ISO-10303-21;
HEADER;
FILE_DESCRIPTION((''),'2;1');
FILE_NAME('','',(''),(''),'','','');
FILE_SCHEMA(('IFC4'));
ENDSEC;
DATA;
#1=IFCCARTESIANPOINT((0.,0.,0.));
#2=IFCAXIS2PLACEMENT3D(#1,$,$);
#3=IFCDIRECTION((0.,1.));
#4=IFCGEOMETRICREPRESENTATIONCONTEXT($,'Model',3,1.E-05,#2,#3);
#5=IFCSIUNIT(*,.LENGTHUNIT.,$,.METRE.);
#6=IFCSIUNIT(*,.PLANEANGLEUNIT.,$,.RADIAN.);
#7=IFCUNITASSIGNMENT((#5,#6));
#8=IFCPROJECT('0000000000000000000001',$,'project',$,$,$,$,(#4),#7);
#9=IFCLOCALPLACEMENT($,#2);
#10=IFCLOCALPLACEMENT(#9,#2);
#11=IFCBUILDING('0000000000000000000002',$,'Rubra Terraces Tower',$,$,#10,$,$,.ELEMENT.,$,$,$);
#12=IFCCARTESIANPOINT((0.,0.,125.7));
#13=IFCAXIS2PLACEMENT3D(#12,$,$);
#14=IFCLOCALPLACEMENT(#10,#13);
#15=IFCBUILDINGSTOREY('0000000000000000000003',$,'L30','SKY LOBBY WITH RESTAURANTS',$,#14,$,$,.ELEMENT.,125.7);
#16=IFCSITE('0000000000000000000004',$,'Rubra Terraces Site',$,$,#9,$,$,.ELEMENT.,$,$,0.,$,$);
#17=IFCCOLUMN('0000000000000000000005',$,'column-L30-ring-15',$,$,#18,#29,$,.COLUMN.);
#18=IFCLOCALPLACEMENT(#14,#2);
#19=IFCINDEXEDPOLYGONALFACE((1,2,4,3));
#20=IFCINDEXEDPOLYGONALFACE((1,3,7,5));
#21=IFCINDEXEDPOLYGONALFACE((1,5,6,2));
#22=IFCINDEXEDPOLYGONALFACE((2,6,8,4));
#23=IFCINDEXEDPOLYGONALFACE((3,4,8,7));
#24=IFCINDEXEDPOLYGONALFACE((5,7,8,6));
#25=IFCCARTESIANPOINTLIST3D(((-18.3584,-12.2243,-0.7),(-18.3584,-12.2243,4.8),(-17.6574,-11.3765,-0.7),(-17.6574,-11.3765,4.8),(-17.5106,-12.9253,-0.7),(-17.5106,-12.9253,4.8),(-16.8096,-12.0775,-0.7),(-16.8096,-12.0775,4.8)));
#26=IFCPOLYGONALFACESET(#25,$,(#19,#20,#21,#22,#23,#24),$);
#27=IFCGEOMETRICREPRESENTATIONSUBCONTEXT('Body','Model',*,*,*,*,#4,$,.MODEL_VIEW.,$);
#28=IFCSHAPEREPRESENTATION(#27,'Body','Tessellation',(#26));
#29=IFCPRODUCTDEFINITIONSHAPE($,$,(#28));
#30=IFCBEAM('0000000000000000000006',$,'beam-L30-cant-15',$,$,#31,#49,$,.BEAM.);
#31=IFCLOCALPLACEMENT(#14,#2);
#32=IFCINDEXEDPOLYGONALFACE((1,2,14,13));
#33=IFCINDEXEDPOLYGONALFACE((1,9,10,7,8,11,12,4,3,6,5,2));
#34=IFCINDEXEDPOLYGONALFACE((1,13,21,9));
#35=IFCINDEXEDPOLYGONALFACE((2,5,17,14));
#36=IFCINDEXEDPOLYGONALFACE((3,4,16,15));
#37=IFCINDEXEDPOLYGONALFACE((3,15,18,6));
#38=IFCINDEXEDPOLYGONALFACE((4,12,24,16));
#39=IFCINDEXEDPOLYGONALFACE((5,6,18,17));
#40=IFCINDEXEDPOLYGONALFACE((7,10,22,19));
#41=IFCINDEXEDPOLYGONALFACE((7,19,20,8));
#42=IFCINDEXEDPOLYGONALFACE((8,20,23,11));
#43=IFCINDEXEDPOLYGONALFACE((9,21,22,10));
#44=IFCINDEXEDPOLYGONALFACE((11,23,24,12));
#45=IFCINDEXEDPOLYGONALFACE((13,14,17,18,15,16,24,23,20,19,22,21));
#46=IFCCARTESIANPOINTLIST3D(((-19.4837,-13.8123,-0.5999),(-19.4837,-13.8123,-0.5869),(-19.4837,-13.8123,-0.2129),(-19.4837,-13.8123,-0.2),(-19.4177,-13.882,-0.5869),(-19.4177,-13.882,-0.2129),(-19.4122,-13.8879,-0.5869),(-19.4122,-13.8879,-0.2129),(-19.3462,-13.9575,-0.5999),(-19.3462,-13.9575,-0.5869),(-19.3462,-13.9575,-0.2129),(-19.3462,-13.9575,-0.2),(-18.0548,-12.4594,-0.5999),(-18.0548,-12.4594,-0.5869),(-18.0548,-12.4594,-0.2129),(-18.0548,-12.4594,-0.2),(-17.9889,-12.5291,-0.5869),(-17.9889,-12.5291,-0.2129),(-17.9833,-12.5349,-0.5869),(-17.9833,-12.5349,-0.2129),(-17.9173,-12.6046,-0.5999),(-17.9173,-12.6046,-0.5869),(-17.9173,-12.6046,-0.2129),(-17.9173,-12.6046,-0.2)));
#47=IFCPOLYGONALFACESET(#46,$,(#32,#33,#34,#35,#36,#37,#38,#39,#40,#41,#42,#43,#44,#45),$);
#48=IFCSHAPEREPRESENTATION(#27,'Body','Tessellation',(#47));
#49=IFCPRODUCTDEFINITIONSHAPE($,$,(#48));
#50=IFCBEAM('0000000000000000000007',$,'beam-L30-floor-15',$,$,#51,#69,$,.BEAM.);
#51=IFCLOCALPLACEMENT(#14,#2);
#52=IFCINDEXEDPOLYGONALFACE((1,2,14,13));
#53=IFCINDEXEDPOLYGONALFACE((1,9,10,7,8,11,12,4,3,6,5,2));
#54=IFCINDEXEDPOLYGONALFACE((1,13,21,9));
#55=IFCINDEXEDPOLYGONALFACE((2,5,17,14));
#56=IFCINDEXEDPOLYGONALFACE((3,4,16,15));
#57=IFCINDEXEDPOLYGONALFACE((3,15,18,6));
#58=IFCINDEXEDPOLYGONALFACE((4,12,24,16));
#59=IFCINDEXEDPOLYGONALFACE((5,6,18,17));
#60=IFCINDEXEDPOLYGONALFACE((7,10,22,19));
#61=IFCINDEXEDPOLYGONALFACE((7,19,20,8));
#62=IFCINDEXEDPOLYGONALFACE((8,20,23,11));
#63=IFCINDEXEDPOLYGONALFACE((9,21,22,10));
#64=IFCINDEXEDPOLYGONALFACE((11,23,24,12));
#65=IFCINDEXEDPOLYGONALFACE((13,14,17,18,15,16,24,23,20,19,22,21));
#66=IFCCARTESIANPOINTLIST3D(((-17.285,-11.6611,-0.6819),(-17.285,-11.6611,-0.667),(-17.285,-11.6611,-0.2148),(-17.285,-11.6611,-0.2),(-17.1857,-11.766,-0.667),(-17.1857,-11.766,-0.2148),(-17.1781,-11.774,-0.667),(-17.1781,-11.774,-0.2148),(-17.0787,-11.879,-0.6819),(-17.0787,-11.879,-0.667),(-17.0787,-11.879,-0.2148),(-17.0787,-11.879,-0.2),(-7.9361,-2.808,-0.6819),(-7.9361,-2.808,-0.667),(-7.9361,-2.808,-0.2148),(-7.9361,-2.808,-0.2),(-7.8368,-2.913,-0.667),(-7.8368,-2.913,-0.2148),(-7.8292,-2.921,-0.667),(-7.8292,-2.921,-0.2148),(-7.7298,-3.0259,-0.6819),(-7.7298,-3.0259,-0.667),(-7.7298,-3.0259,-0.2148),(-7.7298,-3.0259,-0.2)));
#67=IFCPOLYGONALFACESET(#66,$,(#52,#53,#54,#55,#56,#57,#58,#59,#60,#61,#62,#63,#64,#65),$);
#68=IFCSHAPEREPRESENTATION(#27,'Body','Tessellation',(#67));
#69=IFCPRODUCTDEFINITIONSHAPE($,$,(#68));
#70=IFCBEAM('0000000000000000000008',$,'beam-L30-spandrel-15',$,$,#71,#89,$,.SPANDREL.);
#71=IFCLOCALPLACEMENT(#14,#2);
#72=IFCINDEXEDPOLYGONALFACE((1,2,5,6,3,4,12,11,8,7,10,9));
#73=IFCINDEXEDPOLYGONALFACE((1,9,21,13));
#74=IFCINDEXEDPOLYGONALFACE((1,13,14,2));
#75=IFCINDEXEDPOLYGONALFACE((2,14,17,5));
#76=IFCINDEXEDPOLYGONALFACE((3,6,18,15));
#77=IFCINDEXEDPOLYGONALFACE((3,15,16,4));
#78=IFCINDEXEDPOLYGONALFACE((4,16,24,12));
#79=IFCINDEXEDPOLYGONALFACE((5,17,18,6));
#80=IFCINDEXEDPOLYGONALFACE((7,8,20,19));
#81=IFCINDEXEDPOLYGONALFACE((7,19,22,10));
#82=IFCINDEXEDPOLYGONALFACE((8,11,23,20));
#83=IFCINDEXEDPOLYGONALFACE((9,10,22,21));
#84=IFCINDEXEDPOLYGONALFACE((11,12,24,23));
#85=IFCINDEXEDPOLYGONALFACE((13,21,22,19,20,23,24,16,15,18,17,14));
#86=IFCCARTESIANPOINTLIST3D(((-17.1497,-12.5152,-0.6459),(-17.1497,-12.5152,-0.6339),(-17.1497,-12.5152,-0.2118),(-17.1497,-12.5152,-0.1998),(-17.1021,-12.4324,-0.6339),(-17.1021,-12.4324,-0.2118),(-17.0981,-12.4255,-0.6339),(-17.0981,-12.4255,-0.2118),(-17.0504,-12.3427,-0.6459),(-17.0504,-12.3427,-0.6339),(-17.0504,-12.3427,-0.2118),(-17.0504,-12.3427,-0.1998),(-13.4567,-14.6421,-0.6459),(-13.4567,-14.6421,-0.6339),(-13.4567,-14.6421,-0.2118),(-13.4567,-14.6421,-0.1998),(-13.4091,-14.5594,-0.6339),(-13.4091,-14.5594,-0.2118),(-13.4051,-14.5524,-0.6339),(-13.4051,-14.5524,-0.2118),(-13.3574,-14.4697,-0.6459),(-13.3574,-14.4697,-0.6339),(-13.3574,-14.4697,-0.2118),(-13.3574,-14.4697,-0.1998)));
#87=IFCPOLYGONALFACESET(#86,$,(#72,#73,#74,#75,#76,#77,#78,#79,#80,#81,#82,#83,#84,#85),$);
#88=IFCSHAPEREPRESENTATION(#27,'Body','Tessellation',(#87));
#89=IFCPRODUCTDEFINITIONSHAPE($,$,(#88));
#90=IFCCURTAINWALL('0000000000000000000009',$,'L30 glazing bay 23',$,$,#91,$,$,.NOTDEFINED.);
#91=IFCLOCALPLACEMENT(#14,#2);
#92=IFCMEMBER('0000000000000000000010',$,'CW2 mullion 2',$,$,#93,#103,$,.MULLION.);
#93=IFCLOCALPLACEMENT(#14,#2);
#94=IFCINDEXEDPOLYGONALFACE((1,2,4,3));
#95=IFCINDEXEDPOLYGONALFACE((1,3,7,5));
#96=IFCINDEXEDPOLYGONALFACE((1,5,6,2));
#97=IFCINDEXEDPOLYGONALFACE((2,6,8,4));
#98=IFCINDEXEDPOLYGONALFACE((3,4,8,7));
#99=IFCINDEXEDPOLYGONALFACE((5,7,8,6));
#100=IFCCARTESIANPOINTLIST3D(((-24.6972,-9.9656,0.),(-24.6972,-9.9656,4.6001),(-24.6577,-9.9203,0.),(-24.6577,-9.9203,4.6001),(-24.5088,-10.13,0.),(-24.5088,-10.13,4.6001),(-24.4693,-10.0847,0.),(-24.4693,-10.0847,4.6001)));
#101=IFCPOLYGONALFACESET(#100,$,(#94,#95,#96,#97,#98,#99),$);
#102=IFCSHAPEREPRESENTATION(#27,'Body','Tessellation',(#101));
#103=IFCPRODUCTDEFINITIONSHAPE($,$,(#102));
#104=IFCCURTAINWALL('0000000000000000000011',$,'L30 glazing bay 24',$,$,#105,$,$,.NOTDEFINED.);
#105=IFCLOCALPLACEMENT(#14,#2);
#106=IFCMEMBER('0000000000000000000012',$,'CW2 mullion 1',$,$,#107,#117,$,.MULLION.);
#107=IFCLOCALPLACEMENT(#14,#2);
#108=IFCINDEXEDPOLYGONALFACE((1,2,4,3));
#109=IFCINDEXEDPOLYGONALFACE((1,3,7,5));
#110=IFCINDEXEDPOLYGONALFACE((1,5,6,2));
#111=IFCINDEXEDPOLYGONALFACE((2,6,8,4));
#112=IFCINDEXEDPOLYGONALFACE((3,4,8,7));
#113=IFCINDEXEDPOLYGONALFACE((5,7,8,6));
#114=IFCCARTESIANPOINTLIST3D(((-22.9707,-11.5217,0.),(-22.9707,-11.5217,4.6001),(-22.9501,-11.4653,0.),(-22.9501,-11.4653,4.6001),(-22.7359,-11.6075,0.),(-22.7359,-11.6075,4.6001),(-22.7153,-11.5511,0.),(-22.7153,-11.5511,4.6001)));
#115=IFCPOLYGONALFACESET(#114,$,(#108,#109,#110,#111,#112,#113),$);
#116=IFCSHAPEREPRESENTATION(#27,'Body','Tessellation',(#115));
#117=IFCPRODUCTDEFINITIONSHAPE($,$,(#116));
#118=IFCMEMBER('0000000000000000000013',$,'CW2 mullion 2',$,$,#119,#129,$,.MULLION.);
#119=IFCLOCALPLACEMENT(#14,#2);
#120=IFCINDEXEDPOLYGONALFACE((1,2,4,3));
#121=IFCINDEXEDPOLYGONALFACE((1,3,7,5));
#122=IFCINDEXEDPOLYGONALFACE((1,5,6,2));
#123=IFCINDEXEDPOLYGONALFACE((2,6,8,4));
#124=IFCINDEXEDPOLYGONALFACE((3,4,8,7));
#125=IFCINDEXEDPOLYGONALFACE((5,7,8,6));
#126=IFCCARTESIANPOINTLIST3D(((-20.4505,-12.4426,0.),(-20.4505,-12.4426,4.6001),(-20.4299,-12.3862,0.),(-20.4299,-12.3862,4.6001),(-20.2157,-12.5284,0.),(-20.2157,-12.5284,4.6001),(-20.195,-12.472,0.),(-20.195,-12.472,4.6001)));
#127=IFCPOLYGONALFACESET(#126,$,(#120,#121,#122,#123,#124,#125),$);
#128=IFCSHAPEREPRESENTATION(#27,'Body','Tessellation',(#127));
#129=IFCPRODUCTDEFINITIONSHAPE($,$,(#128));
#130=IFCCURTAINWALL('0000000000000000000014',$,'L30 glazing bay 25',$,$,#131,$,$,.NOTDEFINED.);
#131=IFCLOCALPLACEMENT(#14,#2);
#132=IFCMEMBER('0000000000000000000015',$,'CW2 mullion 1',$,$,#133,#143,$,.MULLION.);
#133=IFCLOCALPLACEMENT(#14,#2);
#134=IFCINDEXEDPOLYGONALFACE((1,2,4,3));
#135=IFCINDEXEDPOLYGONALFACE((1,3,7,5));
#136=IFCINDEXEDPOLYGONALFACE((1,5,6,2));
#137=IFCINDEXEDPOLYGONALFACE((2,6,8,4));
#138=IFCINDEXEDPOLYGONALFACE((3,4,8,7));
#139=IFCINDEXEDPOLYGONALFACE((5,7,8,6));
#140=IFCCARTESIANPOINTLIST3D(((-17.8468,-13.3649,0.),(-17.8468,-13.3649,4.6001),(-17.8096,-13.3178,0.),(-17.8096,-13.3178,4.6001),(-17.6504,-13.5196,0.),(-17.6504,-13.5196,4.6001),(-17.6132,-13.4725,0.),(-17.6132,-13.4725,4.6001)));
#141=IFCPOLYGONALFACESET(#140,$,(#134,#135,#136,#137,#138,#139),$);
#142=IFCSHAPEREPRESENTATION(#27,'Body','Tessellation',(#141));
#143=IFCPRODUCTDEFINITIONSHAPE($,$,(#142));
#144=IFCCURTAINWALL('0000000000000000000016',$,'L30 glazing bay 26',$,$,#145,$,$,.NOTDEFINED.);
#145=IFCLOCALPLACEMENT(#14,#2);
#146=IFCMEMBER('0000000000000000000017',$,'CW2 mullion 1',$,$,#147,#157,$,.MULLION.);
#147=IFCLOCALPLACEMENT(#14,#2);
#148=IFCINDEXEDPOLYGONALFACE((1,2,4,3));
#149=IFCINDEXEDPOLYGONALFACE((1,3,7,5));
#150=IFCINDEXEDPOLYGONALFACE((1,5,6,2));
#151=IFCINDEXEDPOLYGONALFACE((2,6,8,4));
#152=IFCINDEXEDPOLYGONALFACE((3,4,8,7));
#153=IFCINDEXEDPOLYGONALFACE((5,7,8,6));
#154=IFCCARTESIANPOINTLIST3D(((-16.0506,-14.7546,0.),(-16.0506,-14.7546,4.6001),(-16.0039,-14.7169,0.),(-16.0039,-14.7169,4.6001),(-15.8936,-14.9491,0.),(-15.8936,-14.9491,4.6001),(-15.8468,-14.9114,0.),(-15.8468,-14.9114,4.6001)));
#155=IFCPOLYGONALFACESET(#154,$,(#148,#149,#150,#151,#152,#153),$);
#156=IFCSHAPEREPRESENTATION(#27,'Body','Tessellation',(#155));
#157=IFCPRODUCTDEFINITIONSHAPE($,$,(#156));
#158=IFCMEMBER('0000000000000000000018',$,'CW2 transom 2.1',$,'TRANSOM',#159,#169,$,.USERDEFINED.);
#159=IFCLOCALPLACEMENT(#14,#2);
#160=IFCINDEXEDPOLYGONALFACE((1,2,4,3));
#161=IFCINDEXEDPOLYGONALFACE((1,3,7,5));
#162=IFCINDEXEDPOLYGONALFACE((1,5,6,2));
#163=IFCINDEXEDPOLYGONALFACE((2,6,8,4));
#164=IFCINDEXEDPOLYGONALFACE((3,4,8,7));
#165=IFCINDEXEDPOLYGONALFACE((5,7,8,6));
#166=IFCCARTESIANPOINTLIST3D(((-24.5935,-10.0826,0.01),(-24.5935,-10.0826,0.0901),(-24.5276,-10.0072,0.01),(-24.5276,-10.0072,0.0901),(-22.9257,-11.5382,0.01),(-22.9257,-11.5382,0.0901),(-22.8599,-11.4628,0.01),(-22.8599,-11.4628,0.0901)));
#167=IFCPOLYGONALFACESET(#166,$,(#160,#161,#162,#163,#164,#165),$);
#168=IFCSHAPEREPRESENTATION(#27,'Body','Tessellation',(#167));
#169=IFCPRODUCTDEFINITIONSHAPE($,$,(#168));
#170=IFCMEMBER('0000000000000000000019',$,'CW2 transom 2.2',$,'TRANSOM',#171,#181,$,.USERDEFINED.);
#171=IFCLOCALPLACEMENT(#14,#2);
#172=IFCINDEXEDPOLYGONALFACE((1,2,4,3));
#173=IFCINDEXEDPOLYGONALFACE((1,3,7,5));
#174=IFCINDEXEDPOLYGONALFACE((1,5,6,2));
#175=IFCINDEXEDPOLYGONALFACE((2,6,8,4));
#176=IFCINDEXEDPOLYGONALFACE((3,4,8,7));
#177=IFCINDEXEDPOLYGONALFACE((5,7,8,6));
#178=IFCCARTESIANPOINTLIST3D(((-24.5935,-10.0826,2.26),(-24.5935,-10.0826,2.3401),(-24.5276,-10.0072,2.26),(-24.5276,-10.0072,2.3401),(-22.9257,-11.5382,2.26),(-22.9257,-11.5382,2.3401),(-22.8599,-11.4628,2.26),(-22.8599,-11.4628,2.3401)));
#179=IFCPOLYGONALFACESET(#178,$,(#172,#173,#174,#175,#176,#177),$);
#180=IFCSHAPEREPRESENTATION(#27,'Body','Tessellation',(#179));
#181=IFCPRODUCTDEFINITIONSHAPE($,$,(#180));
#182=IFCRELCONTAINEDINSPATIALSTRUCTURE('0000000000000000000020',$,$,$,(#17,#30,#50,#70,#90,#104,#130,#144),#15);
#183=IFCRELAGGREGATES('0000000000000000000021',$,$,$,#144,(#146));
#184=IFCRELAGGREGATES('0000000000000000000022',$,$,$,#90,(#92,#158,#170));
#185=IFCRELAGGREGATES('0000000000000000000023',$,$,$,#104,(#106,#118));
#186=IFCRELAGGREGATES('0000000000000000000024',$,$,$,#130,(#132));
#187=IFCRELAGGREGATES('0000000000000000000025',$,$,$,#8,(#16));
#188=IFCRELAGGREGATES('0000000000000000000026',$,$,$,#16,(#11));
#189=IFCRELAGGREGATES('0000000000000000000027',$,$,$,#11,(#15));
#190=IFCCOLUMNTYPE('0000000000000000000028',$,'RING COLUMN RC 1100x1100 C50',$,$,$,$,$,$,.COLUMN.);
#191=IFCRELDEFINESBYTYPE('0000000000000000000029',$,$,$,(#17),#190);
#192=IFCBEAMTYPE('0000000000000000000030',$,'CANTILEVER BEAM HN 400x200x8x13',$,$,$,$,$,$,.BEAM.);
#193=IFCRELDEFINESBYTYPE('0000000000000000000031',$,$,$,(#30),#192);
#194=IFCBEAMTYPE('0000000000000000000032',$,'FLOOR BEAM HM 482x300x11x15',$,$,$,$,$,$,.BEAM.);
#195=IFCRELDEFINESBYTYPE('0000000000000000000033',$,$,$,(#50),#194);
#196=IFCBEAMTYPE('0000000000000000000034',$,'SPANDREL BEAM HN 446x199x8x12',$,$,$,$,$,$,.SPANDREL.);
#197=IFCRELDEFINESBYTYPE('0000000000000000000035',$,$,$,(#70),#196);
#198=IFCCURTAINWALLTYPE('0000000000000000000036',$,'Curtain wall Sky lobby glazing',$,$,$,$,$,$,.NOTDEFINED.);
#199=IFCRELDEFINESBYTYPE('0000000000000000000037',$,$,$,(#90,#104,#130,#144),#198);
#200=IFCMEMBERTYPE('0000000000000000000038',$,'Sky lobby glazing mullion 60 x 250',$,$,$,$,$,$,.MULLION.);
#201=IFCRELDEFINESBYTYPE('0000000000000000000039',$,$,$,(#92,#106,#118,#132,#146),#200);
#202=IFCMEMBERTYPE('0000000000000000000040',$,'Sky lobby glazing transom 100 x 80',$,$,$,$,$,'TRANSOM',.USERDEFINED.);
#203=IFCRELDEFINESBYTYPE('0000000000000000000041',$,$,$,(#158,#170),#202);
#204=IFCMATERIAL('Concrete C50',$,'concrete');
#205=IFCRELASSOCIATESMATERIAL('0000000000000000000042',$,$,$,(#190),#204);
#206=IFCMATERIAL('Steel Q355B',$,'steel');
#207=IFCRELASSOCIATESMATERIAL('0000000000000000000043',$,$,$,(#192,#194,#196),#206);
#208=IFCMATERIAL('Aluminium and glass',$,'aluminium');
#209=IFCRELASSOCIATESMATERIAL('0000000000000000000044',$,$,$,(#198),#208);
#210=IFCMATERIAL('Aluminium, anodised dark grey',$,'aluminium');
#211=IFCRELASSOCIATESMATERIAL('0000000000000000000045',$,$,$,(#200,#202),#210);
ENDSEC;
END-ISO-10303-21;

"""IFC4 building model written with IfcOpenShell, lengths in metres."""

from ifc_helpers import new_model, si_unit, direction, frame, origin, origin_2d, place, context, subcontext, project, spatial, rectangle, i_section, extrude, material, material_profile, profile_set, type_object, element, aggregate, save


model = new_model("IFC4")

# Units and contexts
model_context = context("Model", 3, precision=1e-05, world=origin(), true_north=direction((0.0, 1.0)))
body_context = subcontext(model_context, "Body", "Model", "MODEL_VIEW")
ifc_project = project(units=[si_unit("LENGTHUNIT", "METRE"), si_unit("PLANEANGLEUNIT", "RADIAN")], contexts=[model_context])

# Site, building, storey
site_placement = place(None, origin())
site = spatial("IfcSite", under=ifc_project, at=site_placement, Name="Rubra Terraces Site", CompositionType="ELEMENT", RefElevation=0.0)
building_placement = place(site_placement, origin())
building = spatial("IfcBuilding", under=site, at=building_placement, Name="Rubra Terraces Tower", CompositionType="ELEMENT")
storey_placement = place(building_placement, frame((0.0, 0.0, 125.7)))
storey = spatial("IfcBuildingStorey", under=building, at=storey_placement, Name="L30", Description="SKY LOBBY WITH RESTAURANTS", CompositionType="ELEMENT", Elevation=125.7)

# Column
ifc_material_1 = material(Name="Concrete C50", Category="concrete")
ifc_material_profile_1 = material_profile(ifc_material_1, rectangle(XDim=1.1001, YDim=1.1001, at=origin_2d()), Name="RC 1100x1100")
ifc_profile_set_1 = profile_set([ifc_material_profile_1], Name="Concrete C50")
column_type = type_object("IfcColumnType", Name="RING COLUMN RC 1100x1100 C50", PredefinedType="COLUMN", material=ifc_profile_set_1)
column_placement = place(storey_placement, frame((-17.584, -12.1509, -0.7), z_axis=(0.0, 0.0, 1.0), x_axis=(0.770679, -0.637223, 0.0)))
element("IfcColumn", 1, at=column_placement, inside=storey, type_object=column_type, Name="column-L30-ring-15", PredefinedType="COLUMN", context=body_context, shape_type="SweptSolid", body=[
    extrude(rectangle(XDim=1.1001, YDim=1.1001, at=origin_2d()), origin(), (0.0, 0.0, 1.0), 5.5),
])

# Beams
ifc_material_2 = material(Name="Steel Q355B", Category="steel")
ifc_material_profile_2 = material_profile(ifc_material_2, i_section(OverallWidth=0.2, OverallDepth=0.3999, WebThickness=0.0081, FlangeThickness=0.0129, at=origin_2d()), Name="HN 400x200x8x13")
ifc_profile_set_2 = profile_set([ifc_material_profile_2], Name="Steel Q355B")
beam_type_1 = type_object("IfcBeamType", Name="CANTILEVER BEAM HN 400x200x8x13", PredefinedType="BEAM", material=ifc_profile_set_2)
beam_1_placement = place(storey_placement, frame((-17.9861, -12.532, -0.3999), z_axis=(-0.726135, -0.687552, 0.0), x_axis=(0.687552, -0.726135, 0.0)))
element("IfcBeam", 2, at=beam_1_placement, inside=storey, type_object=beam_type_1, Name="beam-L30-cant-15", PredefinedType="BEAM", context=body_context, shape_type="SweptSolid", body=[
    extrude(i_section(OverallWidth=0.2, OverallDepth=0.3999, WebThickness=0.0081, FlangeThickness=0.0129, at=origin_2d()), origin(), (0.0, 0.0, 1.0), 1.9678),
])
ifc_material_profile_3 = material_profile(ifc_material_2, i_section(OverallWidth=0.3, OverallDepth=0.4819, WebThickness=0.011, FlangeThickness=0.0149, at=origin_2d()), Name="HM 482x300x11x15")
ifc_profile_set_3 = profile_set([ifc_material_profile_3], Name="Steel Q355B")
beam_type_2 = type_object("IfcBeamType", Name="FLOOR BEAM HM 482x300x11x15", PredefinedType="BEAM", material=ifc_profile_set_3)
beam_2_placement = place(storey_placement, frame((-17.1819, -11.77, -0.4409), z_axis=(0.7261, 0.687589, 0.0), x_axis=(-0.687589, 0.7261, 0.0)))
element("IfcBeam", 3, at=beam_2_placement, inside=storey, type_object=beam_type_2, Name="beam-L30-floor-15", PredefinedType="BEAM", context=body_context, shape_type="SweptSolid", body=[
    extrude(i_section(OverallWidth=0.3, OverallDepth=0.4819, WebThickness=0.011, FlangeThickness=0.0149, at=origin_2d()), origin(), (0.0, 0.0, 1.0), 12.8755),
])
ifc_material_profile_4 = material_profile(ifc_material_2, i_section(OverallWidth=0.199, OverallDepth=0.446, WebThickness=0.0081, FlangeThickness=0.012, at=origin_2d()), Name="HN 446x199x8x12")
ifc_profile_set_4 = profile_set([ifc_material_profile_4], Name="Steel Q355B")
beam_type_3 = type_object("IfcBeamType", Name="SPANDREL BEAM HN 446x199x8x12", PredefinedType="SPANDREL", material=ifc_profile_set_4)
beam_3_placement = place(storey_placement, frame((-17.1001, -12.429, -0.4229), z_axis=(0.86656, -0.499073, 0.0), x_axis=(0.499073, 0.86656, 0.0)))
element("IfcBeam", 4, at=beam_3_placement, inside=storey, type_object=beam_type_3, Name="beam-L30-spandrel-15", PredefinedType="SPANDREL", context=body_context, shape_type="SweptSolid", body=[
    extrude(i_section(OverallWidth=0.199, OverallDepth=0.446, WebThickness=0.0081, FlangeThickness=0.012, at=origin_2d()), origin(), (0.0, 0.0, 1.0), 4.2617),
])

# Curtain wall, member
ifc_material_3 = material(Name="Aluminium and glass", Category="aluminium")
curtain_wall_type = type_object("IfcCurtainWallType", Name="Curtain wall Sky lobby glazing", PredefinedType="NOTDEFINED", material=ifc_material_3)
curtain_wall_1_placement = place(storey_placement, origin())
curtain_wall_1 = element("IfcCurtainWall", 5, at=curtain_wall_1_placement, inside=storey, type_object=curtain_wall_type, Name="L30 glazing bay 23", PredefinedType="NOTDEFINED")
ifc_material_4 = material(Name="Aluminium, anodised dark grey", Category="aluminium")
ifc_material_profile_5 = material_profile(ifc_material_4, rectangle(XDim=0.0601, YDim=0.25, at=origin_2d()), Name="AL 60x250")
ifc_profile_set_5 = profile_set([ifc_material_profile_5], Name="Aluminium, anodised dark grey")
member_type_1 = type_object("IfcMemberType", Name="Sky lobby glazing mullion 60 x 250", PredefinedType="MULLION", material=ifc_profile_set_5)
member_1_placement = place(storey_placement, frame((-24.5833, -10.0251, 0.0), z_axis=(0.0, 0.0, 1.0), x_axis=(0.657567, 0.753396, 0.0)))
member_1 = element("IfcMember", 6, at=member_1_placement, type_object=member_type_1, Name="CW2 mullion 2", PredefinedType="MULLION", context=body_context, shape_type="SweptSolid", body=[
    extrude(rectangle(XDim=0.0601, YDim=0.25, at=origin_2d()), origin(), (0.0, 0.0, 1.0), 4.6001),
])

# Curtain wall, members
curtain_wall_2_placement = place(storey_placement, origin())
curtain_wall_2 = element("IfcCurtainWall", 7, at=curtain_wall_2_placement, inside=storey, type_object=curtain_wall_type, Name="L30 glazing bay 24", PredefinedType="NOTDEFINED")
member_2_placement = place(storey_placement, frame((-22.843, -11.5364, 0.0), z_axis=(0.0, 0.0, 1.0), x_axis=(0.343221, 0.939255, 0.0)))
member_2 = element("IfcMember", 8, at=member_2_placement, type_object=member_type_1, Name="CW2 mullion 1", PredefinedType="MULLION", context=body_context, shape_type="SweptSolid", body=[
    extrude(rectangle(XDim=0.0601, YDim=0.25, at=origin_2d()), origin(), (0.0, 0.0, 1.0), 4.6001),
])
member_3_placement = place(storey_placement, frame((-20.3228, -12.4573, 0.0), z_axis=(0.0, 0.0, 1.0), x_axis=(0.343221, 0.939255, 0.0)))
member_3 = element("IfcMember", 9, at=member_3_placement, type_object=member_type_1, Name="CW2 mullion 2", PredefinedType="MULLION", context=body_context, shape_type="SweptSolid", body=[
    extrude(rectangle(XDim=0.0601, YDim=0.25, at=origin_2d()), origin(), (0.0, 0.0, 1.0), 4.6001),
])

# Curtain walls, members
curtain_wall_3_placement = place(storey_placement, origin())
curtain_wall_3 = element("IfcCurtainWall", 10, at=curtain_wall_3_placement, inside=storey, type_object=curtain_wall_type, Name="L30 glazing bay 25", PredefinedType="NOTDEFINED")
member_4_placement = place(storey_placement, frame((-17.73, -13.4187, 0.0), z_axis=(0.0, 0.0, 1.0), x_axis=(0.618879, 0.785486, 0.0)))
member_4 = element("IfcMember", 11, at=member_4_placement, type_object=member_type_1, Name="CW2 mullion 1", PredefinedType="MULLION", context=body_context, shape_type="SweptSolid", body=[
    extrude(rectangle(XDim=0.0601, YDim=0.25, at=origin_2d()), origin(), (0.0, 0.0, 1.0), 4.6001),
])
curtain_wall_4_placement = place(storey_placement, origin())
curtain_wall_4 = element("IfcCurtainWall", 12, at=curtain_wall_4_placement, inside=storey, type_object=curtain_wall_type, Name="L30 glazing bay 26", PredefinedType="NOTDEFINED")
member_5_placement = place(storey_placement, frame((-15.9487, -14.833, 0.0), z_axis=(0.0, 0.0, 1.0), x_axis=(0.77801, 0.628251, 0.0)))
member_5 = element("IfcMember", 13, at=member_5_placement, type_object=member_type_1, Name="CW2 mullion 1", PredefinedType="MULLION", context=body_context, shape_type="SweptSolid", body=[
    extrude(rectangle(XDim=0.0601, YDim=0.25, at=origin_2d()), origin(), (0.0, 0.0, 1.0), 4.6001),
])
aggregate(curtain_wall_4, [member_5])

# Members
ifc_material_profile_6 = material_profile(ifc_material_4, rectangle(XDim=0.1001, YDim=0.0801, at=origin_2d()), Name="AL 100x80")
ifc_profile_set_6 = profile_set([ifc_material_profile_6], Name="Aluminium, anodised dark grey")
member_type_2 = type_object("IfcMemberType", Name="Sky lobby glazing transom 100 x 80", ElementType="TRANSOM", PredefinedType="USERDEFINED", material=ifc_profile_set_6)
member_6_placement = place(storey_placement, frame((-24.5605, -10.0449, 0.05), z_axis=(0.753403, -0.657559, 0.0), x_axis=(0.657559, 0.753403, 0.0)))
member_6 = element("IfcMember", 14, at=member_6_placement, type_object=member_type_2, Name="CW2 transom 2.1", ObjectType="TRANSOM", PredefinedType="USERDEFINED", context=body_context, shape_type="SweptSolid", body=[
    extrude(rectangle(XDim=0.1001, YDim=0.0801, at=origin_2d()), origin(), (0.0, 0.0, 1.0), 2.2136),
])
member_7_placement = place(storey_placement, frame((-24.5605, -10.0449, 2.3), z_axis=(0.753403, -0.657559, 0.0), x_axis=(0.657559, 0.753403, 0.0)))
member_7 = element("IfcMember", 15, at=member_7_placement, type_object=member_type_2, Name="CW2 transom 2.2", ObjectType="TRANSOM", PredefinedType="USERDEFINED", context=body_context, shape_type="SweptSolid", body=[
    extrude(rectangle(XDim=0.1001, YDim=0.0801, at=origin_2d()), origin(), (0.0, 0.0, 1.0), 2.2136),
])

aggregate(curtain_wall_1, [member_1, member_6, member_7])
aggregate(curtain_wall_2, [member_2, member_3])
aggregate(curtain_wall_3, [member_4])

save(model, "model.ifc")
